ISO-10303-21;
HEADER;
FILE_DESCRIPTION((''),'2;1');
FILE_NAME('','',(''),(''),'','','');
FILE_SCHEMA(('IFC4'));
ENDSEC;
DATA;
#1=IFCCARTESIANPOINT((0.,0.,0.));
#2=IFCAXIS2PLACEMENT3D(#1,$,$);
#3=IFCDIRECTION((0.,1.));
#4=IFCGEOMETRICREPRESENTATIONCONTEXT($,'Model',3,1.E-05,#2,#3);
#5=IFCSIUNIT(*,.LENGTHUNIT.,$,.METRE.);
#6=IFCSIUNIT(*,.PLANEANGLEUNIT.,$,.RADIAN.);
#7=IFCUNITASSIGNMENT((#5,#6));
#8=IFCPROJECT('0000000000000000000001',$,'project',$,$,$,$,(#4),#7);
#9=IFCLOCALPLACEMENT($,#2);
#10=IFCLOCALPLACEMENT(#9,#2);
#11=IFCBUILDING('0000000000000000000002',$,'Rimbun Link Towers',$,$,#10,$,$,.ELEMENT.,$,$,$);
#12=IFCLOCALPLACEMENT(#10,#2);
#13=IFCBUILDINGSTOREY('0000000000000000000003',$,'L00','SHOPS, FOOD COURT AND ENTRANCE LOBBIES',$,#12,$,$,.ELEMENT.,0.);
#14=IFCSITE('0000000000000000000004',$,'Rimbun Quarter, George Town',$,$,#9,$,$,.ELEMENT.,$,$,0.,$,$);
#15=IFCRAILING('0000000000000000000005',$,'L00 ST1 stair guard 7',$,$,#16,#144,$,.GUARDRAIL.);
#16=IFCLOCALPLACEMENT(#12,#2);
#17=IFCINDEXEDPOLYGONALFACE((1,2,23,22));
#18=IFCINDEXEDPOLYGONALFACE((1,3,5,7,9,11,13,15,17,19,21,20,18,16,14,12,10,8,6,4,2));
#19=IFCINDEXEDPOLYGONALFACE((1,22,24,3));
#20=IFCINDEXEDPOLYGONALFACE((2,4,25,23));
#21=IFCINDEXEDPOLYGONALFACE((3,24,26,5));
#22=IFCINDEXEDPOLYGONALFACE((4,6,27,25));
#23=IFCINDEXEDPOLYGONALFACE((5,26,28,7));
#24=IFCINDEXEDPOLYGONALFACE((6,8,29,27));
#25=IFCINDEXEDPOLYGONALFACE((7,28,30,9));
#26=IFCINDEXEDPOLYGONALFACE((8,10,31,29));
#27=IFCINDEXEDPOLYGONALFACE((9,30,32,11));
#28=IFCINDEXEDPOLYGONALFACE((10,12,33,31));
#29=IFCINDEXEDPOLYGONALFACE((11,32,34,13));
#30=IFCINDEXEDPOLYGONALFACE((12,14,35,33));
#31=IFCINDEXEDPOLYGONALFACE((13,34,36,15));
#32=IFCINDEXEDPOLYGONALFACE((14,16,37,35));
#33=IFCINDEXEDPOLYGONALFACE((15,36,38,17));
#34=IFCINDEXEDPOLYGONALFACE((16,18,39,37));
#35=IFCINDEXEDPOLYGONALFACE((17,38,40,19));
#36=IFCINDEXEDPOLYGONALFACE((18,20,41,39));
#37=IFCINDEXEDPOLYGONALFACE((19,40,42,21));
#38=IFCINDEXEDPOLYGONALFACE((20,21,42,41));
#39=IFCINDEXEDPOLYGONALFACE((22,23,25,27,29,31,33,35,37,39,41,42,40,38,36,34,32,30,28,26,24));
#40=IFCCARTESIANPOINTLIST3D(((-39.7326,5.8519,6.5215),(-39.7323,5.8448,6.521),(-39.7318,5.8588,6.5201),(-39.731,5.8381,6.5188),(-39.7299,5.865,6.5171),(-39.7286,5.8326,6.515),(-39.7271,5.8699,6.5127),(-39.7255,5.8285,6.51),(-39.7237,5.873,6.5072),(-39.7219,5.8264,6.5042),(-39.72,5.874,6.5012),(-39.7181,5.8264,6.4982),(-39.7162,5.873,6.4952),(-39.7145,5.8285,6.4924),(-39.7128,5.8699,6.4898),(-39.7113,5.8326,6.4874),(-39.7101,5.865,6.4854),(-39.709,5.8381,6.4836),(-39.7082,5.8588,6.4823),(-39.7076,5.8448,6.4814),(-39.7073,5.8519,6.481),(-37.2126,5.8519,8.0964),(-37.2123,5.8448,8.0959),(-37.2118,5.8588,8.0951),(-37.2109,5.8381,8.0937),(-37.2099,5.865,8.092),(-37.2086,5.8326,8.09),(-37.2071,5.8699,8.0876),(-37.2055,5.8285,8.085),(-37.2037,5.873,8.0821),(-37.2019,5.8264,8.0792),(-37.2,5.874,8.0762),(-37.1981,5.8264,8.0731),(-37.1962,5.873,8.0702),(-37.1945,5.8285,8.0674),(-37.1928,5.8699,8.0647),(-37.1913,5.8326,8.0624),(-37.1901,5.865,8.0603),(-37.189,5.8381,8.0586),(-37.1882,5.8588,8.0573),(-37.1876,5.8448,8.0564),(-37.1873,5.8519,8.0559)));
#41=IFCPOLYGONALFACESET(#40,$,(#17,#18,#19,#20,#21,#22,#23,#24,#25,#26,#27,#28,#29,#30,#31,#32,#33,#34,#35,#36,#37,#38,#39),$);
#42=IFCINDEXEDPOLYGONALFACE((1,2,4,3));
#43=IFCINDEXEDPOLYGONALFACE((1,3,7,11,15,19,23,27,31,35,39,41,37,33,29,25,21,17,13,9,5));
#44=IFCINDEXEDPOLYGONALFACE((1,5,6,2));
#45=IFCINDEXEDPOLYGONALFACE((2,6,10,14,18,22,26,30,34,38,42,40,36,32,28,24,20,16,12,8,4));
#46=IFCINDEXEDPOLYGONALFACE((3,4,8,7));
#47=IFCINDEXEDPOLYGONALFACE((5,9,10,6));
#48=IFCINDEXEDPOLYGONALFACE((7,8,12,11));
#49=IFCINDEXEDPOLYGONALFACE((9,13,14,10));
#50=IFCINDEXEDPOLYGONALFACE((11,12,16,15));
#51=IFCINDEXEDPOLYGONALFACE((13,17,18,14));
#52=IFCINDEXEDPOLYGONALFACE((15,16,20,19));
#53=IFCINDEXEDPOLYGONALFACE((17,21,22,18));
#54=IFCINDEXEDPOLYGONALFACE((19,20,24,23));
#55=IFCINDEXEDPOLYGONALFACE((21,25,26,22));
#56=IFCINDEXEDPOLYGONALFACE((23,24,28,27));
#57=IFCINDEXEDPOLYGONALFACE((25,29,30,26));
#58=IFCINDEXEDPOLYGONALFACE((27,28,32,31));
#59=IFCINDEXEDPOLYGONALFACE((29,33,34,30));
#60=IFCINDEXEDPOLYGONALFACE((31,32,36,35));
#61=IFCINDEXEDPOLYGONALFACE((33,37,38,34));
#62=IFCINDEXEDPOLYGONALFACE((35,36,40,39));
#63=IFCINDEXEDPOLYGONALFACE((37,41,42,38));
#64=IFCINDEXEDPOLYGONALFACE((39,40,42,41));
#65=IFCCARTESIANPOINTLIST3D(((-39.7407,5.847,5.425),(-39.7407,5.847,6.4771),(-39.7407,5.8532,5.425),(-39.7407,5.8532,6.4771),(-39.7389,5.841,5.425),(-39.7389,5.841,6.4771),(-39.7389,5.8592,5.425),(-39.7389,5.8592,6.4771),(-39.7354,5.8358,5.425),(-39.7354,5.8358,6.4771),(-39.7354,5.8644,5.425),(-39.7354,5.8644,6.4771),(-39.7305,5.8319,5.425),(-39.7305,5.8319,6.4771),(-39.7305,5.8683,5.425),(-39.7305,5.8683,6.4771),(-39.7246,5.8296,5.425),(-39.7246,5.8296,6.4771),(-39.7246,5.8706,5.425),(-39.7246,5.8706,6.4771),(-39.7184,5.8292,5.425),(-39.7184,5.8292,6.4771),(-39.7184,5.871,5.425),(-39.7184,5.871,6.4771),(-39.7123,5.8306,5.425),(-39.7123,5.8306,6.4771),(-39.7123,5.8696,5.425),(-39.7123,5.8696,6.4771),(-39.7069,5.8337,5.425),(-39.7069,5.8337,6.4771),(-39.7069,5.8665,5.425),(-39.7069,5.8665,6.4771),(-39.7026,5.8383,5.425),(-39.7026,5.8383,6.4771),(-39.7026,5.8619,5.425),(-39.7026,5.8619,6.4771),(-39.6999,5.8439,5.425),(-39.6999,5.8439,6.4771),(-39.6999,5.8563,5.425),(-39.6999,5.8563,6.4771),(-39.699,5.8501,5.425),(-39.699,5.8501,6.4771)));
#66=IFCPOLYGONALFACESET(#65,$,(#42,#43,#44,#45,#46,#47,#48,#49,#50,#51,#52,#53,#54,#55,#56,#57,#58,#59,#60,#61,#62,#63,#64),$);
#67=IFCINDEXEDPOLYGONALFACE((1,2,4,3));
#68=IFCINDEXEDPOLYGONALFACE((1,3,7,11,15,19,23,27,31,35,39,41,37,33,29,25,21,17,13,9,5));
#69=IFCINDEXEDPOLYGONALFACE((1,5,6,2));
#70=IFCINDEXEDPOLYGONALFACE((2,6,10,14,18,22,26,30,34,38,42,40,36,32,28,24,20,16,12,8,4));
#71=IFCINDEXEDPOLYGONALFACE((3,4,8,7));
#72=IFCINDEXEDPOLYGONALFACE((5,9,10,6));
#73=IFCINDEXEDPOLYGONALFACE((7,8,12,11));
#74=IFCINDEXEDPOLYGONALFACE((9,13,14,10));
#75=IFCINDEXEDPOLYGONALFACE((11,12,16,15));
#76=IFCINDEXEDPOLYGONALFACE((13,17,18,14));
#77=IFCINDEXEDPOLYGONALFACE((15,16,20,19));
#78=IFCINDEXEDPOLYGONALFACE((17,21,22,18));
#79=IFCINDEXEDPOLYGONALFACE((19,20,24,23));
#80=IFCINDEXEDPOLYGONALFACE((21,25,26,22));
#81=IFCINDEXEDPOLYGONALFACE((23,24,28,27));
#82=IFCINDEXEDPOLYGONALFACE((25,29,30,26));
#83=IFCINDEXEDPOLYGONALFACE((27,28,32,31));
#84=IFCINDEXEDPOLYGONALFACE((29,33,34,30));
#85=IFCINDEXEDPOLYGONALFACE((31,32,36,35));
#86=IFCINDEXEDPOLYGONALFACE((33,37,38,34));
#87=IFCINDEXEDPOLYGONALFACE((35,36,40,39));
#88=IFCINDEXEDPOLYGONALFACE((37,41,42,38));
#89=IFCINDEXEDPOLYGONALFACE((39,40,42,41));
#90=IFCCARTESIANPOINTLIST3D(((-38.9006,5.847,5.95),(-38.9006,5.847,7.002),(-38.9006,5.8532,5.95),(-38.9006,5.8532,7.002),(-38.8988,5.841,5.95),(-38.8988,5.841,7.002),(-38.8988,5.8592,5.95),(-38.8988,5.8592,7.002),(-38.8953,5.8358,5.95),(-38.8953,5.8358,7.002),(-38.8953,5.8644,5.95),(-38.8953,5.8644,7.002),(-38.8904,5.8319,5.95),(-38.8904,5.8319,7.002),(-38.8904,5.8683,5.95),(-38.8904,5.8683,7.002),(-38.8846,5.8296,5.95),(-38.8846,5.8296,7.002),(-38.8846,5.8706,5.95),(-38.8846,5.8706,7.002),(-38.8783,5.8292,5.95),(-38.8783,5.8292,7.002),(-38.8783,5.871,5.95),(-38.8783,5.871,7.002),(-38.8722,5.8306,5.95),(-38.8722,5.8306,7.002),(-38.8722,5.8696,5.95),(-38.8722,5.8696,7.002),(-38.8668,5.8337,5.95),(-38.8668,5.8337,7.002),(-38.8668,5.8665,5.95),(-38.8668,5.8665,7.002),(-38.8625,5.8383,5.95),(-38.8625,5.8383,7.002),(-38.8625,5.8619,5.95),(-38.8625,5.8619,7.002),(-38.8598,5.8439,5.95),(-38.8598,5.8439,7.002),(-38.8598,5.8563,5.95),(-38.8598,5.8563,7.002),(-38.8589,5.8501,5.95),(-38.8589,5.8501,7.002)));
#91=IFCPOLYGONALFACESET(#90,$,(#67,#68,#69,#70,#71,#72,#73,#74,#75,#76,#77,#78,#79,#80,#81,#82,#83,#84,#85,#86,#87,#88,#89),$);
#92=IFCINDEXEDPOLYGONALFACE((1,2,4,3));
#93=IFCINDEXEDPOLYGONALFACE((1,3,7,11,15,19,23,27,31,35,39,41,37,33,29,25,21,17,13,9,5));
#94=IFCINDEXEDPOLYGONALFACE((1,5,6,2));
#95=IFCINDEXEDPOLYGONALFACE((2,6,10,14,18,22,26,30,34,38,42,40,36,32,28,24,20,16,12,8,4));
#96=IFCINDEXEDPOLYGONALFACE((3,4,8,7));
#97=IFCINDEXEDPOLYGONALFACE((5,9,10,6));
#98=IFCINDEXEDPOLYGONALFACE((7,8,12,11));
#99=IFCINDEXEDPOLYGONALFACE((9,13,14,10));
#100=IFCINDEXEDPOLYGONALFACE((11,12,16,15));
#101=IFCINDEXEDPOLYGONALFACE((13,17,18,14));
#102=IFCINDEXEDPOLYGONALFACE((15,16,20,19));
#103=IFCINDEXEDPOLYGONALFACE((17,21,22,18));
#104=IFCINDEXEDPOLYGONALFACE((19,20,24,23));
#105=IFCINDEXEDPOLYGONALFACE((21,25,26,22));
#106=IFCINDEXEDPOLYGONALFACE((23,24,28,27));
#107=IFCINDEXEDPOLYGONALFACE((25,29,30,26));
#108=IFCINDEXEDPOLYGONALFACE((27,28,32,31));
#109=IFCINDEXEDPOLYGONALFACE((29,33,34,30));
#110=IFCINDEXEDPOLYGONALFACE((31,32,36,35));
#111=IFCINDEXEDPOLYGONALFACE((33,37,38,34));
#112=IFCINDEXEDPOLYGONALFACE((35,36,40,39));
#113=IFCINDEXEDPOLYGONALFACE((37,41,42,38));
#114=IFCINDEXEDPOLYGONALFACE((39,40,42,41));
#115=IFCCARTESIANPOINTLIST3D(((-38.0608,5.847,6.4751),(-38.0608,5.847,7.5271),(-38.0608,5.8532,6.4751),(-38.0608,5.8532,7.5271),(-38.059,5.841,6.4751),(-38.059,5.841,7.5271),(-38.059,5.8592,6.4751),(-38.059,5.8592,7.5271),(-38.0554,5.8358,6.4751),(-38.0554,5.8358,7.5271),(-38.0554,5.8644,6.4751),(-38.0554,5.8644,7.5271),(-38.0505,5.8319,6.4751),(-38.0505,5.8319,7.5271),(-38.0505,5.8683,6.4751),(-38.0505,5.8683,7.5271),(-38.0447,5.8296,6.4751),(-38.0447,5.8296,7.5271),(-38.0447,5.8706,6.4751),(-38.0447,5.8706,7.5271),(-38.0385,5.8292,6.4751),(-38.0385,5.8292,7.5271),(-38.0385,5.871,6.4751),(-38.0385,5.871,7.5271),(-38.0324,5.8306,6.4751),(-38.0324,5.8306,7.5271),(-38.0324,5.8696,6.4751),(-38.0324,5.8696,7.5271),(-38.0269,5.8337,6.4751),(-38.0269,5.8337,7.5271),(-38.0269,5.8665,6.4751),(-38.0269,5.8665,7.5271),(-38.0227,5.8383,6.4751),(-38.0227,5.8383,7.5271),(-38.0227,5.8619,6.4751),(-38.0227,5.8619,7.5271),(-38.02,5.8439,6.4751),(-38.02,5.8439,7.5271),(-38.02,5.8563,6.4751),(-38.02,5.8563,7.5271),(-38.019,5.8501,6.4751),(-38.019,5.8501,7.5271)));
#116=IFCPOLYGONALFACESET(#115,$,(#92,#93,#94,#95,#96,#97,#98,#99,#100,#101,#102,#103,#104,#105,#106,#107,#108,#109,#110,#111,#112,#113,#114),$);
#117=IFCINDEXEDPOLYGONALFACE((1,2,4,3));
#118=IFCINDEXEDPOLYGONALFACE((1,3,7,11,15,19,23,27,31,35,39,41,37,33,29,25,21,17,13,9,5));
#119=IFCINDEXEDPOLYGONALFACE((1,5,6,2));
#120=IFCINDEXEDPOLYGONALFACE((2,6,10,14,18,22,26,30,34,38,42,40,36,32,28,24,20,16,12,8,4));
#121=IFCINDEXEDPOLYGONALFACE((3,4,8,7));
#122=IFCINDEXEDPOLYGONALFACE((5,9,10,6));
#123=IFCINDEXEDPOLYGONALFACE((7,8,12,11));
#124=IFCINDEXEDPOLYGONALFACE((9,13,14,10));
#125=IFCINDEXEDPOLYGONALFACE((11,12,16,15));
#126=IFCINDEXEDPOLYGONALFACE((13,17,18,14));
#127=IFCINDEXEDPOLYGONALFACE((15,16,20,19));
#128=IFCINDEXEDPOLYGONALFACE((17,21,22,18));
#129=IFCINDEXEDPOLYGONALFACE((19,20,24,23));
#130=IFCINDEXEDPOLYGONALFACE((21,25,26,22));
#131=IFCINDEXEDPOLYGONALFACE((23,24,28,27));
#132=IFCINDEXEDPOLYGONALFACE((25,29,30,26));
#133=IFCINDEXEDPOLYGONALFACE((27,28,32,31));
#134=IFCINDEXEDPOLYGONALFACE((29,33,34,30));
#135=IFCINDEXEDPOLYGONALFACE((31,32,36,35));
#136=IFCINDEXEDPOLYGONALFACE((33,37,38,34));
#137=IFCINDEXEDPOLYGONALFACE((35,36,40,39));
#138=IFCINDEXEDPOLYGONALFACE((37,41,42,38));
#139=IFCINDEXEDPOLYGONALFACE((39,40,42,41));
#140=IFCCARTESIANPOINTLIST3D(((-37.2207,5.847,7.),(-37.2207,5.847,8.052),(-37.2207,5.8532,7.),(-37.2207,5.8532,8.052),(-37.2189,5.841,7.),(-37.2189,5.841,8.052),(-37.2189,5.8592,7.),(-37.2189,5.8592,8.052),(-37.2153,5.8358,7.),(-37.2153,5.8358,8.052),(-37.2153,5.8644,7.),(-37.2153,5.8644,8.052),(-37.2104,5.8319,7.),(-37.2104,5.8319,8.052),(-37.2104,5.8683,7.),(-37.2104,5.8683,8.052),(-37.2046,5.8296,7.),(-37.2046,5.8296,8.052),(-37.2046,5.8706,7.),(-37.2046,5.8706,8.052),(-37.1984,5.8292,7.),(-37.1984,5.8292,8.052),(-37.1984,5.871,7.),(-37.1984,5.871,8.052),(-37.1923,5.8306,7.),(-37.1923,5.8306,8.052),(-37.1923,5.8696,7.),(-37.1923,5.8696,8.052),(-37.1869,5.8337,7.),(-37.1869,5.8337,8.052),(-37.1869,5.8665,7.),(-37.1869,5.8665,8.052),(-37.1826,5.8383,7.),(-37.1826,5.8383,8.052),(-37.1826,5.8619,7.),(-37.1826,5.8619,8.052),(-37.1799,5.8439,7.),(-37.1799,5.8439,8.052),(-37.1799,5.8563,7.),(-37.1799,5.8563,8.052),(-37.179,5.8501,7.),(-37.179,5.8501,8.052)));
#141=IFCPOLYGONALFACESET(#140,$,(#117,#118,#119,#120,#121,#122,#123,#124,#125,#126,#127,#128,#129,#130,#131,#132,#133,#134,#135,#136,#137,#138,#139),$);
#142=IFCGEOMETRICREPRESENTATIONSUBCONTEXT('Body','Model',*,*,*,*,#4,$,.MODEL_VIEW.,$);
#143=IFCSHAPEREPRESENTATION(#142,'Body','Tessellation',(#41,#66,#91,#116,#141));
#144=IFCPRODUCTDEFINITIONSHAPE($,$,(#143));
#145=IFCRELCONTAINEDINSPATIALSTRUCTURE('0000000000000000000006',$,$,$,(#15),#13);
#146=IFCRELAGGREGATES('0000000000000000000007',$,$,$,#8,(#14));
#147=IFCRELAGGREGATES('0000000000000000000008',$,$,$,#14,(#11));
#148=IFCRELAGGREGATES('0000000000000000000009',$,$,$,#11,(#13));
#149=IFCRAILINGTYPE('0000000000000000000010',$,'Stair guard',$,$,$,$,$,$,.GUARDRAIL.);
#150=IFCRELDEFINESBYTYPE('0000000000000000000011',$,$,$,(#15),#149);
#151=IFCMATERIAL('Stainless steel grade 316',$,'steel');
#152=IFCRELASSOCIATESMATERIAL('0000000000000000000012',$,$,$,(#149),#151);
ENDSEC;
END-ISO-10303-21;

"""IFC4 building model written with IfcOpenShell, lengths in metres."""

from ifc_helpers import new_model, si_unit, direction, frame, origin, origin_2d, place, context, subcontext, project, spatial, circle, extrude, material, type_object, element, save


model = new_model("IFC4")

# Units and contexts
model_context = context("Model", 3, precision=1e-05, world=origin(), true_north=direction((0.0, 1.0)))
body_context = subcontext(model_context, "Body", "Model", "MODEL_VIEW")
ifc_project = project(units=[si_unit("LENGTHUNIT", "METRE"), si_unit("PLANEANGLEUNIT", "RADIAN")], contexts=[model_context])

# Site, building, storey
site_placement = place(None, origin())
site = spatial("IfcSite", under=ifc_project, at=site_placement, Name="Rimbun Quarter, George Town", CompositionType="ELEMENT", RefElevation=0.0)
building_placement = place(site_placement, origin())
building = spatial("IfcBuilding", under=site, at=building_placement, Name="Rimbun Link Towers", CompositionType="ELEMENT")
storey_placement = place(building_placement, origin())
storey = spatial("IfcBuildingStorey", under=building, at=storey_placement, Name="L00", Description="SHOPS, FOOD COURT AND ENTRANCE LOBBIES", CompositionType="ELEMENT", Elevation=0.0)

# Railing
ifc_material_1 = material(Name="Stainless steel grade 316", Category="steel")
railing_type_1 = type_object("IfcRailingType", Name="Stair guard", PredefinedType="GUARDRAIL", material=ifc_material_1)
railing_1_placement = place(storey_placement, frame((-39.72, 5.8501, 5.425)))
element("IfcRailing", 1, at=railing_1_placement, inside=storey, type_object=railing_type_1, Name="L00 ST1 stair guard 7", PredefinedType="GUARDRAIL", context=body_context, shape_type="SweptSolid", body=[
    extrude(circle(Radius=0.0239, at=origin_2d()), frame((0.0, 0.0, 1.0762), z_axis=(0.848008, 0.0, 0.529984), x_axis=(0.0, 1.0, 0.0)), (0.0, 0.0, 1.0), 2.9717),
    extrude(circle(Radius=0.021, at=origin_2d()), origin(), (0.0, 0.0, 1.0), 1.052),
    extrude(circle(Radius=0.021, at=origin_2d()), frame((0.8401, 0.0, 0.5249)), (0.0, 0.0, 1.0), 1.052),
    extrude(circle(Radius=0.021, at=origin_2d()), frame((1.6799, 0.0, 1.05)), (0.0, 0.0, 1.0), 1.052),
    extrude(circle(Radius=0.021, at=origin_2d()), frame((2.52, 0.0, 1.575)), (0.0, 0.0, 1.0), 1.052),
])

save(model, "model.ifc")
